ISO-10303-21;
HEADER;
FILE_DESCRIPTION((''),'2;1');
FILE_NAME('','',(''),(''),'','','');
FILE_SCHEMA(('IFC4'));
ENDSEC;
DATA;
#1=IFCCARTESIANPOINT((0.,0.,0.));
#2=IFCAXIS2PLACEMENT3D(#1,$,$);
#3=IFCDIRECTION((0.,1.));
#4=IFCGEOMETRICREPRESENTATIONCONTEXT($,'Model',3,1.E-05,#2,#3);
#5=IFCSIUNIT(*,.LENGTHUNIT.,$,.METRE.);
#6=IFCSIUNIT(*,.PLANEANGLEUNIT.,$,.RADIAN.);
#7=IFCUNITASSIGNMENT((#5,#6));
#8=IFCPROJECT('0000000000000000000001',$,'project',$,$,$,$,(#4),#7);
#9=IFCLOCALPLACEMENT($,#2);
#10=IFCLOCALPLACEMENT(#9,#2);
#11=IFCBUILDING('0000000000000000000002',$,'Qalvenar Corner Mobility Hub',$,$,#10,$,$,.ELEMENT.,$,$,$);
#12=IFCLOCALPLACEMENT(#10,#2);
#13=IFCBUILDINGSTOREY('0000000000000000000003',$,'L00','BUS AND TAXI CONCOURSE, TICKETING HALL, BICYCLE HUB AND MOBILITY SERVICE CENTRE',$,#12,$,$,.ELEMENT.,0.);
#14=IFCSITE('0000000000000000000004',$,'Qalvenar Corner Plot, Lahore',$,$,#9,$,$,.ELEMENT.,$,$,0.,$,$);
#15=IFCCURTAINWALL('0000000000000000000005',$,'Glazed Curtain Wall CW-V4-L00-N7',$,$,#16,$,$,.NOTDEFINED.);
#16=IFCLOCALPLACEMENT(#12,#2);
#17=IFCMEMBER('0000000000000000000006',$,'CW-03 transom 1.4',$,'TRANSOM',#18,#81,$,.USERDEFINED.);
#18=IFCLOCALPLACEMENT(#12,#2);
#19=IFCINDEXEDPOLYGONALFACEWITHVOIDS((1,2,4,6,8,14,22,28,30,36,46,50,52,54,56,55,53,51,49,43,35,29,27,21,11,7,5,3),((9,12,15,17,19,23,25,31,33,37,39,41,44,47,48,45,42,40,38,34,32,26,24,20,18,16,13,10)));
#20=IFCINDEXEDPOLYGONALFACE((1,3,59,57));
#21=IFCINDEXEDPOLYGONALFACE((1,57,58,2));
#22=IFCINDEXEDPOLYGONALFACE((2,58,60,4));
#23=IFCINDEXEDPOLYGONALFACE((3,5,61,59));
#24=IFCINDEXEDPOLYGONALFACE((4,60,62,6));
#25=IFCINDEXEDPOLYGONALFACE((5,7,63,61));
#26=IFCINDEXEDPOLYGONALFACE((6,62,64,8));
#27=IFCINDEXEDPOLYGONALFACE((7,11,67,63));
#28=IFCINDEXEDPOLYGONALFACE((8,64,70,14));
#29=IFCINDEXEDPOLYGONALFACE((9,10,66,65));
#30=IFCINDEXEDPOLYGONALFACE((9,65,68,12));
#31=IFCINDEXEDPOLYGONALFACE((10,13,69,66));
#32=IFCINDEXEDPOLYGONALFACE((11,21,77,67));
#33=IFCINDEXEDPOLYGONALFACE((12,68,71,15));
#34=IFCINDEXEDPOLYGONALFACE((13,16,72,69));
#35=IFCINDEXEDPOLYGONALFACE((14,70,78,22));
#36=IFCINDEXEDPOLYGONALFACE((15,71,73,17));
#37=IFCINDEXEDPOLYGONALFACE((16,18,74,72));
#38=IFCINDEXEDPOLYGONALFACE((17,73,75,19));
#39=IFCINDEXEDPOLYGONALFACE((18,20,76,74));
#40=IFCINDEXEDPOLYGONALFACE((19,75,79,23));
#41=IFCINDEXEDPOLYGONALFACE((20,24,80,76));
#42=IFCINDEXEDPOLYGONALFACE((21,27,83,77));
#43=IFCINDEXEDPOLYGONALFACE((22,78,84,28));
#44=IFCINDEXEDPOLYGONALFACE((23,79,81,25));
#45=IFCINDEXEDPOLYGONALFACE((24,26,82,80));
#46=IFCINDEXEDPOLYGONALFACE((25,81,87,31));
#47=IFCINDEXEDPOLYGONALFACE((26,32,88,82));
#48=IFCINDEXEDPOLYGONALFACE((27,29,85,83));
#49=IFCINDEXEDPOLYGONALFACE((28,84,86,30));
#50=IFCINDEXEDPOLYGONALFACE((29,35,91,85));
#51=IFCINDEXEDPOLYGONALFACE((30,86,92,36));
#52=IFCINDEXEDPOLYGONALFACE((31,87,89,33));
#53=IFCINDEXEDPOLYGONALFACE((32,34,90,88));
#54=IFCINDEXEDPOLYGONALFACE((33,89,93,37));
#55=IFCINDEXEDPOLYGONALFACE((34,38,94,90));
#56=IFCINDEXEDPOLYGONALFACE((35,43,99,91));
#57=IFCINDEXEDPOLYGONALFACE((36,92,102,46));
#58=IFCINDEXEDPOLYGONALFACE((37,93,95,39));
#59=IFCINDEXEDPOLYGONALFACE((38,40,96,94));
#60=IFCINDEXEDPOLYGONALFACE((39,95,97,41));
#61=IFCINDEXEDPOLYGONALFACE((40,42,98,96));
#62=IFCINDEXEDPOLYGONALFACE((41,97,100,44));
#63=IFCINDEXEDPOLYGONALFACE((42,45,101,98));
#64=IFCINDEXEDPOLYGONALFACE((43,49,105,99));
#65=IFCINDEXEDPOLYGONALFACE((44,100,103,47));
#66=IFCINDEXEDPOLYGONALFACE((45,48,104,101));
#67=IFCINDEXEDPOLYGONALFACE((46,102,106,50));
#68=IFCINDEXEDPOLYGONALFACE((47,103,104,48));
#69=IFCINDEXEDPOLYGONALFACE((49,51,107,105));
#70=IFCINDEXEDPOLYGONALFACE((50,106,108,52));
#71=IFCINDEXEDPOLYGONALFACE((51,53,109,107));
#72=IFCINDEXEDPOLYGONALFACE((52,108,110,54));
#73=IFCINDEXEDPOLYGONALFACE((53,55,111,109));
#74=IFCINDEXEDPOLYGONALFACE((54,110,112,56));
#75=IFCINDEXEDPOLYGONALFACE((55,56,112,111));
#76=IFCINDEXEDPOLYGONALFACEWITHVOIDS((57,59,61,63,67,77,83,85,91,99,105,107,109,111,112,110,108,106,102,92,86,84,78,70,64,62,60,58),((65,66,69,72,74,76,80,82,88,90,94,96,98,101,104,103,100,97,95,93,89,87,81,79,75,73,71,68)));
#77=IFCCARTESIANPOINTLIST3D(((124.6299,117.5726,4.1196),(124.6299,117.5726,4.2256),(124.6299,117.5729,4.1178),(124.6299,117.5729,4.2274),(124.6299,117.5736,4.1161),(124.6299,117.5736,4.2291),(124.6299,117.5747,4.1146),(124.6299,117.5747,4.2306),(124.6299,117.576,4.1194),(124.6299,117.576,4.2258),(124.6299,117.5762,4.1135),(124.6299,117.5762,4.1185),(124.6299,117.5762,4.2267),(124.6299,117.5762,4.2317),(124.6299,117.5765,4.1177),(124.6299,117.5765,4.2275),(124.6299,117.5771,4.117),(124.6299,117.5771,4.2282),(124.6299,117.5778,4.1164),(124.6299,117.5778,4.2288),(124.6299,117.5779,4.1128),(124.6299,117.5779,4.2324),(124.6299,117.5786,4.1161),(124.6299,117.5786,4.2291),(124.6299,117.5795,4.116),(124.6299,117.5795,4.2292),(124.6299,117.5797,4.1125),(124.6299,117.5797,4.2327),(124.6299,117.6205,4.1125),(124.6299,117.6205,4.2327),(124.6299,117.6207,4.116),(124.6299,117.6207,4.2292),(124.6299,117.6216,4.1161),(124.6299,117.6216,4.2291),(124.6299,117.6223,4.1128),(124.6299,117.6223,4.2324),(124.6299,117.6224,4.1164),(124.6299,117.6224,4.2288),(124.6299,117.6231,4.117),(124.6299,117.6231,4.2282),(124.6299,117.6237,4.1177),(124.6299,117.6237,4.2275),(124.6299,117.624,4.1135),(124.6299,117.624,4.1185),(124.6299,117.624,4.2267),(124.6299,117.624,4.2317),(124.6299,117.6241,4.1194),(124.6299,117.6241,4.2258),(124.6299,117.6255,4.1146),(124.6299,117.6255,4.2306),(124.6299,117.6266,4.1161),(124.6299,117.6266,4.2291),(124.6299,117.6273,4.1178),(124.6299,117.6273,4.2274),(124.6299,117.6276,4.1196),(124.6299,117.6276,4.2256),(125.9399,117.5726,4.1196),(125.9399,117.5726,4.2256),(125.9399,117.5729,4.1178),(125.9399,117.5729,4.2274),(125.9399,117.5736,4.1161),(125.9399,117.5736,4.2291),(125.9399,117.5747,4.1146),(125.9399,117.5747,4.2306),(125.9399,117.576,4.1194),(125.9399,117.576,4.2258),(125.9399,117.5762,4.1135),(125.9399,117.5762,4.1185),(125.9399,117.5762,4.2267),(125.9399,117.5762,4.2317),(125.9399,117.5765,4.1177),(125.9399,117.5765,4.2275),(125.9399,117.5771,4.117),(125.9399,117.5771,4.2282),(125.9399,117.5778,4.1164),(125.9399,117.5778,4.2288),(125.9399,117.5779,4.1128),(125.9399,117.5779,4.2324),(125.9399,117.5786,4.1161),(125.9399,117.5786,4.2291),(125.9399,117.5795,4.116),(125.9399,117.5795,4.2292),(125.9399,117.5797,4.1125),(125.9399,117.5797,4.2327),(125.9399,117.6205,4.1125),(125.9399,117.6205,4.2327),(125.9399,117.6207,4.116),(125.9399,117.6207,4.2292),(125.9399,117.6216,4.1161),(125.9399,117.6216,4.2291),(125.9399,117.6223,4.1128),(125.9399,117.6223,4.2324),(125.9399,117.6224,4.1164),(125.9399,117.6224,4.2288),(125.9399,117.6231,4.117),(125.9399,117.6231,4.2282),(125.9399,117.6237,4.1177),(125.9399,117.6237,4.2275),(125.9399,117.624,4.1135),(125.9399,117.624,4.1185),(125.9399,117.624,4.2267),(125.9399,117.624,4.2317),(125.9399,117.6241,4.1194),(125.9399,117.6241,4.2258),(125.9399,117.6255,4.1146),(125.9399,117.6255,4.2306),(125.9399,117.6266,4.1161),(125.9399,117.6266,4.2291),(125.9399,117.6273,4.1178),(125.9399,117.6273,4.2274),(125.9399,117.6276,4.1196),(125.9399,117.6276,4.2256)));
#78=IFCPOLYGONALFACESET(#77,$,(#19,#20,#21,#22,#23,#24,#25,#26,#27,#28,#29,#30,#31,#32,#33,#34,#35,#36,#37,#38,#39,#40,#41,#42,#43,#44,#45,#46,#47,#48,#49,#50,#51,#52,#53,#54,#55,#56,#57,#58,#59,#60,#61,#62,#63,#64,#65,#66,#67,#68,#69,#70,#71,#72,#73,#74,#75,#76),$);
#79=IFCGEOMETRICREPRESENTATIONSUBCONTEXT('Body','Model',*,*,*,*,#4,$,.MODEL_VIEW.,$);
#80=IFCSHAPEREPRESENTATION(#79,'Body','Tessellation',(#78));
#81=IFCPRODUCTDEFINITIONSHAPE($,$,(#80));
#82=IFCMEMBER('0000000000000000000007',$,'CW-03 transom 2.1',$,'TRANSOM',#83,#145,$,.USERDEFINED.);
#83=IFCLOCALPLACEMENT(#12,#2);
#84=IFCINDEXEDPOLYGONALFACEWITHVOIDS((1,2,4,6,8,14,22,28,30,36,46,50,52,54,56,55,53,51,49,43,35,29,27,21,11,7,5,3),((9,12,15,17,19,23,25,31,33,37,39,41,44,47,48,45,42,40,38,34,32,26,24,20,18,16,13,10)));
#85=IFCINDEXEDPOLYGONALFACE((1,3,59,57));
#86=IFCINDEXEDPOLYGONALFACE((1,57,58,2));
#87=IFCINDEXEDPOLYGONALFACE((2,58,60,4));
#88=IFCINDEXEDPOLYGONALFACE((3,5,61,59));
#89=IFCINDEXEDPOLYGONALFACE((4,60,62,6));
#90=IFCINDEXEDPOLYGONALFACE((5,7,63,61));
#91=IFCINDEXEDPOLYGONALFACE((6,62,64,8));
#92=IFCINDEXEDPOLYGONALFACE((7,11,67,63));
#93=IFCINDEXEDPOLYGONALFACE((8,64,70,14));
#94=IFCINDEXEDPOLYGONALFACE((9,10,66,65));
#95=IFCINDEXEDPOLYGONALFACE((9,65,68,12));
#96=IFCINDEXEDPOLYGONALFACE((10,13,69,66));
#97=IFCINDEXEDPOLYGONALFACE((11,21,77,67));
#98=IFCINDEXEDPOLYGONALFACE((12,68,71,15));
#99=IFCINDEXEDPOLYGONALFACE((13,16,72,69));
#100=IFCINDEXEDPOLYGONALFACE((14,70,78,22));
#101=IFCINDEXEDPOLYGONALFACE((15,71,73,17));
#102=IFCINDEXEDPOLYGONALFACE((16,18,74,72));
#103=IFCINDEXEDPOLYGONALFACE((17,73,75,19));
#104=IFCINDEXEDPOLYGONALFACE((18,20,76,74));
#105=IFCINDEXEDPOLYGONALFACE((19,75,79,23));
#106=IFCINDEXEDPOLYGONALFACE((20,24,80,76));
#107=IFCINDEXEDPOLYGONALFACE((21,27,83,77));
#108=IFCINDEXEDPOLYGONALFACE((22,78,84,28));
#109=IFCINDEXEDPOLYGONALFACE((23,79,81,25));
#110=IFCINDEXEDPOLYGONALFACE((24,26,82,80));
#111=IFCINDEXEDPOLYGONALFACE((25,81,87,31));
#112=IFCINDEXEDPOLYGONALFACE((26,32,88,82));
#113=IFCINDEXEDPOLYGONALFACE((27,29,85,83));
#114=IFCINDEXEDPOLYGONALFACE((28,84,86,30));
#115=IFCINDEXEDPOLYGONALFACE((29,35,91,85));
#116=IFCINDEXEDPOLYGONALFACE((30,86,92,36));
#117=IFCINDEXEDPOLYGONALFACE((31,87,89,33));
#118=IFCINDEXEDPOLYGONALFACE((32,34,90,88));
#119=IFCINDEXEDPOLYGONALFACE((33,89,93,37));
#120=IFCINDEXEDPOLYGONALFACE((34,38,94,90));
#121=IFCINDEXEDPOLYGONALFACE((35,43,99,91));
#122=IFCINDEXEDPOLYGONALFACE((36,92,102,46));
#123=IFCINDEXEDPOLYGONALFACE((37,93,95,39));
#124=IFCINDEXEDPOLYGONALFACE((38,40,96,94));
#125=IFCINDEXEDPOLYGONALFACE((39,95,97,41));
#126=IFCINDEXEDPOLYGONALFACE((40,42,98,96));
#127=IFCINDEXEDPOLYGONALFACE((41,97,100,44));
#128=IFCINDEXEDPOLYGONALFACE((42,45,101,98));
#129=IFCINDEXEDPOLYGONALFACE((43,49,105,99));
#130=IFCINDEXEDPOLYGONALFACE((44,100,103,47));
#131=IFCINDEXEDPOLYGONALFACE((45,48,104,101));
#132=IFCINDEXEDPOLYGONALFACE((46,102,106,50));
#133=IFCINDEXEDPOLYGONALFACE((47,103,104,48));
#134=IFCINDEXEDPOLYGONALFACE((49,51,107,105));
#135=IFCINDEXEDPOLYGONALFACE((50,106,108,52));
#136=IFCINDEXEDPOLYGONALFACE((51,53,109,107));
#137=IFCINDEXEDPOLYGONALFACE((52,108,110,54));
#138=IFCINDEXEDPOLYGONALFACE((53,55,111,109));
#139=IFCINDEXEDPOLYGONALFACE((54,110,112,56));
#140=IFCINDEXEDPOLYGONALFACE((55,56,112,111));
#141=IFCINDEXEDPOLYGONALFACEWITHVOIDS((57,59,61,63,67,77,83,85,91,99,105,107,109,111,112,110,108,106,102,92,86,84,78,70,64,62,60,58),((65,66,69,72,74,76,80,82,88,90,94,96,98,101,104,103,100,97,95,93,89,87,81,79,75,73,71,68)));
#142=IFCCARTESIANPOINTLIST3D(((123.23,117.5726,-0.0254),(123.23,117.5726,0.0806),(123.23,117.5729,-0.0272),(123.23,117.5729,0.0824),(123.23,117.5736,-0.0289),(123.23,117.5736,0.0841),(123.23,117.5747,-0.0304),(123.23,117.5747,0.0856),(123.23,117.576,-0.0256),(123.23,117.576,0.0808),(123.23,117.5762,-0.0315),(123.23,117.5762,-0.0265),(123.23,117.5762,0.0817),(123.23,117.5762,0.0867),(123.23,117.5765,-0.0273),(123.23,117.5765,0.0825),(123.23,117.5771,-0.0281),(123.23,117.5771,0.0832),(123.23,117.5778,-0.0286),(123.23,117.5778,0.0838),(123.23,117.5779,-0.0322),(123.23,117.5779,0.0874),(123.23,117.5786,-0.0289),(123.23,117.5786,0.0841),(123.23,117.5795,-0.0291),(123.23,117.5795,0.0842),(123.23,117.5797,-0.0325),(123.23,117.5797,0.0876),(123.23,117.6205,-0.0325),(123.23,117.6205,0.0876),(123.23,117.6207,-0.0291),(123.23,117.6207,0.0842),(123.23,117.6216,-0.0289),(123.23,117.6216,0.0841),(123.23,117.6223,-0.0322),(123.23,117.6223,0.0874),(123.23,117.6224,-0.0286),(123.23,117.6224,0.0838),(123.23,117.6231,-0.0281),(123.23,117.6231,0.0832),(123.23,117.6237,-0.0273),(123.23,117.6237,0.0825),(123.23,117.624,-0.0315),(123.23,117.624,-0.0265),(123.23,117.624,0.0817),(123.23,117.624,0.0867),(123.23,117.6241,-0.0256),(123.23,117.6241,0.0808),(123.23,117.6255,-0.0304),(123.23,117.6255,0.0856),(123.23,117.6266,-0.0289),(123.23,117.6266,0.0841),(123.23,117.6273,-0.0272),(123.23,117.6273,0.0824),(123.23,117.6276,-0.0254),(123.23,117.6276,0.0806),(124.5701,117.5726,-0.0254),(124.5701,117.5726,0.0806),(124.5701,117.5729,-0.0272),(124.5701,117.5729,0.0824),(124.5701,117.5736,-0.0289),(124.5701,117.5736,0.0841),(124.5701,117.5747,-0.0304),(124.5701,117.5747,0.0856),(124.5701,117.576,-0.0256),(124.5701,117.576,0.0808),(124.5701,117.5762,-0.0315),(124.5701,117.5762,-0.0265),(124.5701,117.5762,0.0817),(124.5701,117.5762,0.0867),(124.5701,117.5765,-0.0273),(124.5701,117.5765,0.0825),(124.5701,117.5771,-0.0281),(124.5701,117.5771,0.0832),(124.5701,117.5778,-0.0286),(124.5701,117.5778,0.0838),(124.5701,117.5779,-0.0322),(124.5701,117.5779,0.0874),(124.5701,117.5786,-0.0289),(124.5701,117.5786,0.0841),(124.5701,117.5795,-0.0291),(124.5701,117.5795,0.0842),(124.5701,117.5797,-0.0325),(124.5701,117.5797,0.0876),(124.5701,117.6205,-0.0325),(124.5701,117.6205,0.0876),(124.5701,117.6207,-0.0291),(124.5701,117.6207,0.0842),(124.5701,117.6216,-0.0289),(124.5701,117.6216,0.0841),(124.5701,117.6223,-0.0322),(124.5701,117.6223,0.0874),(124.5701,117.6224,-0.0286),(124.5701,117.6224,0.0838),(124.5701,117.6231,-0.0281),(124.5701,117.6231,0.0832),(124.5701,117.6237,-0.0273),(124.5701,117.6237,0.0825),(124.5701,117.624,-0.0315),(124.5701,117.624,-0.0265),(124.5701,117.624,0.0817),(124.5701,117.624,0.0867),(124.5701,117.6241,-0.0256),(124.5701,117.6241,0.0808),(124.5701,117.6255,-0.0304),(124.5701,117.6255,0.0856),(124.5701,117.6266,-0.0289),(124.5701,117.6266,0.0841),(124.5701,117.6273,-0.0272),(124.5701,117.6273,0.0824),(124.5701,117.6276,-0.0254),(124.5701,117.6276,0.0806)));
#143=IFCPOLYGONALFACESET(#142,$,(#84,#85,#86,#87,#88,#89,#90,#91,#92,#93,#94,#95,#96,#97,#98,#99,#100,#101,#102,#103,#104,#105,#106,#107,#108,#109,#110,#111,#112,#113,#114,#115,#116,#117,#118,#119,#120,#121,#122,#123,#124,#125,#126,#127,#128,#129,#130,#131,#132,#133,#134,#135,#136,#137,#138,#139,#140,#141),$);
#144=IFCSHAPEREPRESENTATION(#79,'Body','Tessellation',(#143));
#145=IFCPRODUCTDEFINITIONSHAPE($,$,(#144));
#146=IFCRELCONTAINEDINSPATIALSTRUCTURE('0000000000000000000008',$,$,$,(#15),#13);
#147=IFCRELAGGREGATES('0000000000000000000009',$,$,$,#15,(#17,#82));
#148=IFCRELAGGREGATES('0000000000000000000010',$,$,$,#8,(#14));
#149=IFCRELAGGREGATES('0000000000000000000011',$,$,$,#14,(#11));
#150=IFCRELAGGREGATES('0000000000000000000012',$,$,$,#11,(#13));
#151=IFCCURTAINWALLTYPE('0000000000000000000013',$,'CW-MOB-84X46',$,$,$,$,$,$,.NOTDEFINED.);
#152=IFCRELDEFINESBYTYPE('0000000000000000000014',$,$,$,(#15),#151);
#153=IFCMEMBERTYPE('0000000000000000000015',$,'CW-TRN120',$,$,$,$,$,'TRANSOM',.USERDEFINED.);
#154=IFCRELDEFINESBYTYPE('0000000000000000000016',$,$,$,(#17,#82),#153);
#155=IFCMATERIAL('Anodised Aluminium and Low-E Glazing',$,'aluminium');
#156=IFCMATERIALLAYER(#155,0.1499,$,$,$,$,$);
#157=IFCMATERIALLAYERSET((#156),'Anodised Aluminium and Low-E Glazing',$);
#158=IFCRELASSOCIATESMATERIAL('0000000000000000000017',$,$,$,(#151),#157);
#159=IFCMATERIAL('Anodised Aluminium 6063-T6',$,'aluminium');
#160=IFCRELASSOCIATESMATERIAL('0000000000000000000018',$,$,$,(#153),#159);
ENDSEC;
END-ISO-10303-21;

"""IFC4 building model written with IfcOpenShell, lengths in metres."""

from ifc_helpers import new_model, si_unit, direction, frame, origin, origin_2d, place, context, subcontext, project, spatial, hollow_rectangle, extrude, material, layer, layer_set, material_profile, profile_set, type_object, element, aggregate, save


model = new_model("IFC4")

# Units and contexts
model_context = context("Model", 3, precision=1e-05, world=origin(), true_north=direction((0.0, 1.0)))
body_context = subcontext(model_context, "Body", "Model", "MODEL_VIEW")
ifc_project = project(units=[si_unit("LENGTHUNIT", "METRE"), si_unit("PLANEANGLEUNIT", "RADIAN")], contexts=[model_context])

# Site, building, storey
site_placement = place(None, origin())
site = spatial("IfcSite", under=ifc_project, at=site_placement, Name="Qalvenar Corner Plot, Lahore", CompositionType="ELEMENT", RefElevation=0.0)
building_placement = place(site_placement, origin())
building = spatial("IfcBuilding", under=site, at=building_placement, Name="Qalvenar Corner Mobility Hub", CompositionType="ELEMENT")
storey_placement = place(building_placement, origin())
storey = spatial("IfcBuildingStorey", under=building, at=storey_placement, Name="L00", Description="BUS AND TAXI CONCOURSE, TICKETING HALL, BICYCLE HUB AND MOBILITY SERVICE CENTRE", CompositionType="ELEMENT", Elevation=0.0)

# Curtain wall, members
ifc_material_1 = material(Name="Anodised Aluminium and Low-E Glazing", Category="aluminium")
ifc_layer_1 = layer(ifc_material_1, 0.1499)
ifc_layer_set_1 = layer_set([ifc_layer_1], Name="Anodised Aluminium and Low-E Glazing")
curtain_wall_type = type_object("IfcCurtainWallType", Name="CW-MOB-84X46", PredefinedType="NOTDEFINED", material=ifc_layer_set_1)
curtain_wall_placement = place(storey_placement, origin())
curtain_wall = element("IfcCurtainWall", 1, at=curtain_wall_placement, inside=storey, type_object=curtain_wall_type, Name="Glazed Curtain Wall CW-V4-L00-N7", PredefinedType="NOTDEFINED")
ifc_material_2 = material(Name="Anodised Aluminium 6063-T6", Category="aluminium")
ifc_material_profile_1 = material_profile(ifc_material_2, hollow_rectangle(XDim=0.0549, YDim=0.1201, WallThickness=0.0034, InnerFilletRadius=0.0034, OuterFilletRadius=0.0071, at=origin_2d()), Name="RHS120x55x3.5")
ifc_profile_set_1 = profile_set([ifc_material_profile_1], Name="Anodised Aluminium 6063-T6")
member_type_1 = type_object("IfcMemberType", Name="CW-TRN120", ElementType="TRANSOM", PredefinedType="USERDEFINED", material=ifc_profile_set_1)
member_1_placement = place(storey_placement, frame((125.9399, 117.6001, 4.1726), z_axis=(-1.0, 0.0, 0.0), x_axis=(0.0, -1.0, 0.0)))
member_1 = element("IfcMember", 2, at=member_1_placement, type_object=member_type_1, Name="CW-03 transom 1.4", ObjectType="TRANSOM", PredefinedType="USERDEFINED", context=body_context, shape_type="SweptSolid", body=[
    extrude(hollow_rectangle(XDim=0.0549, YDim=0.1201, WallThickness=0.0034, InnerFilletRadius=0.0034, OuterFilletRadius=0.0071, at=origin_2d()), origin(), (0.0, 0.0, 1.0), 1.3101),
])
member_2_placement = place(storey_placement, frame((124.5701, 117.6001, 0.0276), z_axis=(-1.0, 0.0, 0.0), x_axis=(0.0, -1.0, 0.0)))
member_2 = element("IfcMember", 3, at=member_2_placement, type_object=member_type_1, Name="CW-03 transom 2.1", ObjectType="TRANSOM", PredefinedType="USERDEFINED", context=body_context, shape_type="SweptSolid", body=[
    extrude(hollow_rectangle(XDim=0.0549, YDim=0.1201, WallThickness=0.0034, InnerFilletRadius=0.0034, OuterFilletRadius=0.0071, at=origin_2d()), origin(), (0.0, 0.0, 1.0), 1.3401),
])
aggregate(curtain_wall, [member_1, member_2])

save(model, "model.ifc")
